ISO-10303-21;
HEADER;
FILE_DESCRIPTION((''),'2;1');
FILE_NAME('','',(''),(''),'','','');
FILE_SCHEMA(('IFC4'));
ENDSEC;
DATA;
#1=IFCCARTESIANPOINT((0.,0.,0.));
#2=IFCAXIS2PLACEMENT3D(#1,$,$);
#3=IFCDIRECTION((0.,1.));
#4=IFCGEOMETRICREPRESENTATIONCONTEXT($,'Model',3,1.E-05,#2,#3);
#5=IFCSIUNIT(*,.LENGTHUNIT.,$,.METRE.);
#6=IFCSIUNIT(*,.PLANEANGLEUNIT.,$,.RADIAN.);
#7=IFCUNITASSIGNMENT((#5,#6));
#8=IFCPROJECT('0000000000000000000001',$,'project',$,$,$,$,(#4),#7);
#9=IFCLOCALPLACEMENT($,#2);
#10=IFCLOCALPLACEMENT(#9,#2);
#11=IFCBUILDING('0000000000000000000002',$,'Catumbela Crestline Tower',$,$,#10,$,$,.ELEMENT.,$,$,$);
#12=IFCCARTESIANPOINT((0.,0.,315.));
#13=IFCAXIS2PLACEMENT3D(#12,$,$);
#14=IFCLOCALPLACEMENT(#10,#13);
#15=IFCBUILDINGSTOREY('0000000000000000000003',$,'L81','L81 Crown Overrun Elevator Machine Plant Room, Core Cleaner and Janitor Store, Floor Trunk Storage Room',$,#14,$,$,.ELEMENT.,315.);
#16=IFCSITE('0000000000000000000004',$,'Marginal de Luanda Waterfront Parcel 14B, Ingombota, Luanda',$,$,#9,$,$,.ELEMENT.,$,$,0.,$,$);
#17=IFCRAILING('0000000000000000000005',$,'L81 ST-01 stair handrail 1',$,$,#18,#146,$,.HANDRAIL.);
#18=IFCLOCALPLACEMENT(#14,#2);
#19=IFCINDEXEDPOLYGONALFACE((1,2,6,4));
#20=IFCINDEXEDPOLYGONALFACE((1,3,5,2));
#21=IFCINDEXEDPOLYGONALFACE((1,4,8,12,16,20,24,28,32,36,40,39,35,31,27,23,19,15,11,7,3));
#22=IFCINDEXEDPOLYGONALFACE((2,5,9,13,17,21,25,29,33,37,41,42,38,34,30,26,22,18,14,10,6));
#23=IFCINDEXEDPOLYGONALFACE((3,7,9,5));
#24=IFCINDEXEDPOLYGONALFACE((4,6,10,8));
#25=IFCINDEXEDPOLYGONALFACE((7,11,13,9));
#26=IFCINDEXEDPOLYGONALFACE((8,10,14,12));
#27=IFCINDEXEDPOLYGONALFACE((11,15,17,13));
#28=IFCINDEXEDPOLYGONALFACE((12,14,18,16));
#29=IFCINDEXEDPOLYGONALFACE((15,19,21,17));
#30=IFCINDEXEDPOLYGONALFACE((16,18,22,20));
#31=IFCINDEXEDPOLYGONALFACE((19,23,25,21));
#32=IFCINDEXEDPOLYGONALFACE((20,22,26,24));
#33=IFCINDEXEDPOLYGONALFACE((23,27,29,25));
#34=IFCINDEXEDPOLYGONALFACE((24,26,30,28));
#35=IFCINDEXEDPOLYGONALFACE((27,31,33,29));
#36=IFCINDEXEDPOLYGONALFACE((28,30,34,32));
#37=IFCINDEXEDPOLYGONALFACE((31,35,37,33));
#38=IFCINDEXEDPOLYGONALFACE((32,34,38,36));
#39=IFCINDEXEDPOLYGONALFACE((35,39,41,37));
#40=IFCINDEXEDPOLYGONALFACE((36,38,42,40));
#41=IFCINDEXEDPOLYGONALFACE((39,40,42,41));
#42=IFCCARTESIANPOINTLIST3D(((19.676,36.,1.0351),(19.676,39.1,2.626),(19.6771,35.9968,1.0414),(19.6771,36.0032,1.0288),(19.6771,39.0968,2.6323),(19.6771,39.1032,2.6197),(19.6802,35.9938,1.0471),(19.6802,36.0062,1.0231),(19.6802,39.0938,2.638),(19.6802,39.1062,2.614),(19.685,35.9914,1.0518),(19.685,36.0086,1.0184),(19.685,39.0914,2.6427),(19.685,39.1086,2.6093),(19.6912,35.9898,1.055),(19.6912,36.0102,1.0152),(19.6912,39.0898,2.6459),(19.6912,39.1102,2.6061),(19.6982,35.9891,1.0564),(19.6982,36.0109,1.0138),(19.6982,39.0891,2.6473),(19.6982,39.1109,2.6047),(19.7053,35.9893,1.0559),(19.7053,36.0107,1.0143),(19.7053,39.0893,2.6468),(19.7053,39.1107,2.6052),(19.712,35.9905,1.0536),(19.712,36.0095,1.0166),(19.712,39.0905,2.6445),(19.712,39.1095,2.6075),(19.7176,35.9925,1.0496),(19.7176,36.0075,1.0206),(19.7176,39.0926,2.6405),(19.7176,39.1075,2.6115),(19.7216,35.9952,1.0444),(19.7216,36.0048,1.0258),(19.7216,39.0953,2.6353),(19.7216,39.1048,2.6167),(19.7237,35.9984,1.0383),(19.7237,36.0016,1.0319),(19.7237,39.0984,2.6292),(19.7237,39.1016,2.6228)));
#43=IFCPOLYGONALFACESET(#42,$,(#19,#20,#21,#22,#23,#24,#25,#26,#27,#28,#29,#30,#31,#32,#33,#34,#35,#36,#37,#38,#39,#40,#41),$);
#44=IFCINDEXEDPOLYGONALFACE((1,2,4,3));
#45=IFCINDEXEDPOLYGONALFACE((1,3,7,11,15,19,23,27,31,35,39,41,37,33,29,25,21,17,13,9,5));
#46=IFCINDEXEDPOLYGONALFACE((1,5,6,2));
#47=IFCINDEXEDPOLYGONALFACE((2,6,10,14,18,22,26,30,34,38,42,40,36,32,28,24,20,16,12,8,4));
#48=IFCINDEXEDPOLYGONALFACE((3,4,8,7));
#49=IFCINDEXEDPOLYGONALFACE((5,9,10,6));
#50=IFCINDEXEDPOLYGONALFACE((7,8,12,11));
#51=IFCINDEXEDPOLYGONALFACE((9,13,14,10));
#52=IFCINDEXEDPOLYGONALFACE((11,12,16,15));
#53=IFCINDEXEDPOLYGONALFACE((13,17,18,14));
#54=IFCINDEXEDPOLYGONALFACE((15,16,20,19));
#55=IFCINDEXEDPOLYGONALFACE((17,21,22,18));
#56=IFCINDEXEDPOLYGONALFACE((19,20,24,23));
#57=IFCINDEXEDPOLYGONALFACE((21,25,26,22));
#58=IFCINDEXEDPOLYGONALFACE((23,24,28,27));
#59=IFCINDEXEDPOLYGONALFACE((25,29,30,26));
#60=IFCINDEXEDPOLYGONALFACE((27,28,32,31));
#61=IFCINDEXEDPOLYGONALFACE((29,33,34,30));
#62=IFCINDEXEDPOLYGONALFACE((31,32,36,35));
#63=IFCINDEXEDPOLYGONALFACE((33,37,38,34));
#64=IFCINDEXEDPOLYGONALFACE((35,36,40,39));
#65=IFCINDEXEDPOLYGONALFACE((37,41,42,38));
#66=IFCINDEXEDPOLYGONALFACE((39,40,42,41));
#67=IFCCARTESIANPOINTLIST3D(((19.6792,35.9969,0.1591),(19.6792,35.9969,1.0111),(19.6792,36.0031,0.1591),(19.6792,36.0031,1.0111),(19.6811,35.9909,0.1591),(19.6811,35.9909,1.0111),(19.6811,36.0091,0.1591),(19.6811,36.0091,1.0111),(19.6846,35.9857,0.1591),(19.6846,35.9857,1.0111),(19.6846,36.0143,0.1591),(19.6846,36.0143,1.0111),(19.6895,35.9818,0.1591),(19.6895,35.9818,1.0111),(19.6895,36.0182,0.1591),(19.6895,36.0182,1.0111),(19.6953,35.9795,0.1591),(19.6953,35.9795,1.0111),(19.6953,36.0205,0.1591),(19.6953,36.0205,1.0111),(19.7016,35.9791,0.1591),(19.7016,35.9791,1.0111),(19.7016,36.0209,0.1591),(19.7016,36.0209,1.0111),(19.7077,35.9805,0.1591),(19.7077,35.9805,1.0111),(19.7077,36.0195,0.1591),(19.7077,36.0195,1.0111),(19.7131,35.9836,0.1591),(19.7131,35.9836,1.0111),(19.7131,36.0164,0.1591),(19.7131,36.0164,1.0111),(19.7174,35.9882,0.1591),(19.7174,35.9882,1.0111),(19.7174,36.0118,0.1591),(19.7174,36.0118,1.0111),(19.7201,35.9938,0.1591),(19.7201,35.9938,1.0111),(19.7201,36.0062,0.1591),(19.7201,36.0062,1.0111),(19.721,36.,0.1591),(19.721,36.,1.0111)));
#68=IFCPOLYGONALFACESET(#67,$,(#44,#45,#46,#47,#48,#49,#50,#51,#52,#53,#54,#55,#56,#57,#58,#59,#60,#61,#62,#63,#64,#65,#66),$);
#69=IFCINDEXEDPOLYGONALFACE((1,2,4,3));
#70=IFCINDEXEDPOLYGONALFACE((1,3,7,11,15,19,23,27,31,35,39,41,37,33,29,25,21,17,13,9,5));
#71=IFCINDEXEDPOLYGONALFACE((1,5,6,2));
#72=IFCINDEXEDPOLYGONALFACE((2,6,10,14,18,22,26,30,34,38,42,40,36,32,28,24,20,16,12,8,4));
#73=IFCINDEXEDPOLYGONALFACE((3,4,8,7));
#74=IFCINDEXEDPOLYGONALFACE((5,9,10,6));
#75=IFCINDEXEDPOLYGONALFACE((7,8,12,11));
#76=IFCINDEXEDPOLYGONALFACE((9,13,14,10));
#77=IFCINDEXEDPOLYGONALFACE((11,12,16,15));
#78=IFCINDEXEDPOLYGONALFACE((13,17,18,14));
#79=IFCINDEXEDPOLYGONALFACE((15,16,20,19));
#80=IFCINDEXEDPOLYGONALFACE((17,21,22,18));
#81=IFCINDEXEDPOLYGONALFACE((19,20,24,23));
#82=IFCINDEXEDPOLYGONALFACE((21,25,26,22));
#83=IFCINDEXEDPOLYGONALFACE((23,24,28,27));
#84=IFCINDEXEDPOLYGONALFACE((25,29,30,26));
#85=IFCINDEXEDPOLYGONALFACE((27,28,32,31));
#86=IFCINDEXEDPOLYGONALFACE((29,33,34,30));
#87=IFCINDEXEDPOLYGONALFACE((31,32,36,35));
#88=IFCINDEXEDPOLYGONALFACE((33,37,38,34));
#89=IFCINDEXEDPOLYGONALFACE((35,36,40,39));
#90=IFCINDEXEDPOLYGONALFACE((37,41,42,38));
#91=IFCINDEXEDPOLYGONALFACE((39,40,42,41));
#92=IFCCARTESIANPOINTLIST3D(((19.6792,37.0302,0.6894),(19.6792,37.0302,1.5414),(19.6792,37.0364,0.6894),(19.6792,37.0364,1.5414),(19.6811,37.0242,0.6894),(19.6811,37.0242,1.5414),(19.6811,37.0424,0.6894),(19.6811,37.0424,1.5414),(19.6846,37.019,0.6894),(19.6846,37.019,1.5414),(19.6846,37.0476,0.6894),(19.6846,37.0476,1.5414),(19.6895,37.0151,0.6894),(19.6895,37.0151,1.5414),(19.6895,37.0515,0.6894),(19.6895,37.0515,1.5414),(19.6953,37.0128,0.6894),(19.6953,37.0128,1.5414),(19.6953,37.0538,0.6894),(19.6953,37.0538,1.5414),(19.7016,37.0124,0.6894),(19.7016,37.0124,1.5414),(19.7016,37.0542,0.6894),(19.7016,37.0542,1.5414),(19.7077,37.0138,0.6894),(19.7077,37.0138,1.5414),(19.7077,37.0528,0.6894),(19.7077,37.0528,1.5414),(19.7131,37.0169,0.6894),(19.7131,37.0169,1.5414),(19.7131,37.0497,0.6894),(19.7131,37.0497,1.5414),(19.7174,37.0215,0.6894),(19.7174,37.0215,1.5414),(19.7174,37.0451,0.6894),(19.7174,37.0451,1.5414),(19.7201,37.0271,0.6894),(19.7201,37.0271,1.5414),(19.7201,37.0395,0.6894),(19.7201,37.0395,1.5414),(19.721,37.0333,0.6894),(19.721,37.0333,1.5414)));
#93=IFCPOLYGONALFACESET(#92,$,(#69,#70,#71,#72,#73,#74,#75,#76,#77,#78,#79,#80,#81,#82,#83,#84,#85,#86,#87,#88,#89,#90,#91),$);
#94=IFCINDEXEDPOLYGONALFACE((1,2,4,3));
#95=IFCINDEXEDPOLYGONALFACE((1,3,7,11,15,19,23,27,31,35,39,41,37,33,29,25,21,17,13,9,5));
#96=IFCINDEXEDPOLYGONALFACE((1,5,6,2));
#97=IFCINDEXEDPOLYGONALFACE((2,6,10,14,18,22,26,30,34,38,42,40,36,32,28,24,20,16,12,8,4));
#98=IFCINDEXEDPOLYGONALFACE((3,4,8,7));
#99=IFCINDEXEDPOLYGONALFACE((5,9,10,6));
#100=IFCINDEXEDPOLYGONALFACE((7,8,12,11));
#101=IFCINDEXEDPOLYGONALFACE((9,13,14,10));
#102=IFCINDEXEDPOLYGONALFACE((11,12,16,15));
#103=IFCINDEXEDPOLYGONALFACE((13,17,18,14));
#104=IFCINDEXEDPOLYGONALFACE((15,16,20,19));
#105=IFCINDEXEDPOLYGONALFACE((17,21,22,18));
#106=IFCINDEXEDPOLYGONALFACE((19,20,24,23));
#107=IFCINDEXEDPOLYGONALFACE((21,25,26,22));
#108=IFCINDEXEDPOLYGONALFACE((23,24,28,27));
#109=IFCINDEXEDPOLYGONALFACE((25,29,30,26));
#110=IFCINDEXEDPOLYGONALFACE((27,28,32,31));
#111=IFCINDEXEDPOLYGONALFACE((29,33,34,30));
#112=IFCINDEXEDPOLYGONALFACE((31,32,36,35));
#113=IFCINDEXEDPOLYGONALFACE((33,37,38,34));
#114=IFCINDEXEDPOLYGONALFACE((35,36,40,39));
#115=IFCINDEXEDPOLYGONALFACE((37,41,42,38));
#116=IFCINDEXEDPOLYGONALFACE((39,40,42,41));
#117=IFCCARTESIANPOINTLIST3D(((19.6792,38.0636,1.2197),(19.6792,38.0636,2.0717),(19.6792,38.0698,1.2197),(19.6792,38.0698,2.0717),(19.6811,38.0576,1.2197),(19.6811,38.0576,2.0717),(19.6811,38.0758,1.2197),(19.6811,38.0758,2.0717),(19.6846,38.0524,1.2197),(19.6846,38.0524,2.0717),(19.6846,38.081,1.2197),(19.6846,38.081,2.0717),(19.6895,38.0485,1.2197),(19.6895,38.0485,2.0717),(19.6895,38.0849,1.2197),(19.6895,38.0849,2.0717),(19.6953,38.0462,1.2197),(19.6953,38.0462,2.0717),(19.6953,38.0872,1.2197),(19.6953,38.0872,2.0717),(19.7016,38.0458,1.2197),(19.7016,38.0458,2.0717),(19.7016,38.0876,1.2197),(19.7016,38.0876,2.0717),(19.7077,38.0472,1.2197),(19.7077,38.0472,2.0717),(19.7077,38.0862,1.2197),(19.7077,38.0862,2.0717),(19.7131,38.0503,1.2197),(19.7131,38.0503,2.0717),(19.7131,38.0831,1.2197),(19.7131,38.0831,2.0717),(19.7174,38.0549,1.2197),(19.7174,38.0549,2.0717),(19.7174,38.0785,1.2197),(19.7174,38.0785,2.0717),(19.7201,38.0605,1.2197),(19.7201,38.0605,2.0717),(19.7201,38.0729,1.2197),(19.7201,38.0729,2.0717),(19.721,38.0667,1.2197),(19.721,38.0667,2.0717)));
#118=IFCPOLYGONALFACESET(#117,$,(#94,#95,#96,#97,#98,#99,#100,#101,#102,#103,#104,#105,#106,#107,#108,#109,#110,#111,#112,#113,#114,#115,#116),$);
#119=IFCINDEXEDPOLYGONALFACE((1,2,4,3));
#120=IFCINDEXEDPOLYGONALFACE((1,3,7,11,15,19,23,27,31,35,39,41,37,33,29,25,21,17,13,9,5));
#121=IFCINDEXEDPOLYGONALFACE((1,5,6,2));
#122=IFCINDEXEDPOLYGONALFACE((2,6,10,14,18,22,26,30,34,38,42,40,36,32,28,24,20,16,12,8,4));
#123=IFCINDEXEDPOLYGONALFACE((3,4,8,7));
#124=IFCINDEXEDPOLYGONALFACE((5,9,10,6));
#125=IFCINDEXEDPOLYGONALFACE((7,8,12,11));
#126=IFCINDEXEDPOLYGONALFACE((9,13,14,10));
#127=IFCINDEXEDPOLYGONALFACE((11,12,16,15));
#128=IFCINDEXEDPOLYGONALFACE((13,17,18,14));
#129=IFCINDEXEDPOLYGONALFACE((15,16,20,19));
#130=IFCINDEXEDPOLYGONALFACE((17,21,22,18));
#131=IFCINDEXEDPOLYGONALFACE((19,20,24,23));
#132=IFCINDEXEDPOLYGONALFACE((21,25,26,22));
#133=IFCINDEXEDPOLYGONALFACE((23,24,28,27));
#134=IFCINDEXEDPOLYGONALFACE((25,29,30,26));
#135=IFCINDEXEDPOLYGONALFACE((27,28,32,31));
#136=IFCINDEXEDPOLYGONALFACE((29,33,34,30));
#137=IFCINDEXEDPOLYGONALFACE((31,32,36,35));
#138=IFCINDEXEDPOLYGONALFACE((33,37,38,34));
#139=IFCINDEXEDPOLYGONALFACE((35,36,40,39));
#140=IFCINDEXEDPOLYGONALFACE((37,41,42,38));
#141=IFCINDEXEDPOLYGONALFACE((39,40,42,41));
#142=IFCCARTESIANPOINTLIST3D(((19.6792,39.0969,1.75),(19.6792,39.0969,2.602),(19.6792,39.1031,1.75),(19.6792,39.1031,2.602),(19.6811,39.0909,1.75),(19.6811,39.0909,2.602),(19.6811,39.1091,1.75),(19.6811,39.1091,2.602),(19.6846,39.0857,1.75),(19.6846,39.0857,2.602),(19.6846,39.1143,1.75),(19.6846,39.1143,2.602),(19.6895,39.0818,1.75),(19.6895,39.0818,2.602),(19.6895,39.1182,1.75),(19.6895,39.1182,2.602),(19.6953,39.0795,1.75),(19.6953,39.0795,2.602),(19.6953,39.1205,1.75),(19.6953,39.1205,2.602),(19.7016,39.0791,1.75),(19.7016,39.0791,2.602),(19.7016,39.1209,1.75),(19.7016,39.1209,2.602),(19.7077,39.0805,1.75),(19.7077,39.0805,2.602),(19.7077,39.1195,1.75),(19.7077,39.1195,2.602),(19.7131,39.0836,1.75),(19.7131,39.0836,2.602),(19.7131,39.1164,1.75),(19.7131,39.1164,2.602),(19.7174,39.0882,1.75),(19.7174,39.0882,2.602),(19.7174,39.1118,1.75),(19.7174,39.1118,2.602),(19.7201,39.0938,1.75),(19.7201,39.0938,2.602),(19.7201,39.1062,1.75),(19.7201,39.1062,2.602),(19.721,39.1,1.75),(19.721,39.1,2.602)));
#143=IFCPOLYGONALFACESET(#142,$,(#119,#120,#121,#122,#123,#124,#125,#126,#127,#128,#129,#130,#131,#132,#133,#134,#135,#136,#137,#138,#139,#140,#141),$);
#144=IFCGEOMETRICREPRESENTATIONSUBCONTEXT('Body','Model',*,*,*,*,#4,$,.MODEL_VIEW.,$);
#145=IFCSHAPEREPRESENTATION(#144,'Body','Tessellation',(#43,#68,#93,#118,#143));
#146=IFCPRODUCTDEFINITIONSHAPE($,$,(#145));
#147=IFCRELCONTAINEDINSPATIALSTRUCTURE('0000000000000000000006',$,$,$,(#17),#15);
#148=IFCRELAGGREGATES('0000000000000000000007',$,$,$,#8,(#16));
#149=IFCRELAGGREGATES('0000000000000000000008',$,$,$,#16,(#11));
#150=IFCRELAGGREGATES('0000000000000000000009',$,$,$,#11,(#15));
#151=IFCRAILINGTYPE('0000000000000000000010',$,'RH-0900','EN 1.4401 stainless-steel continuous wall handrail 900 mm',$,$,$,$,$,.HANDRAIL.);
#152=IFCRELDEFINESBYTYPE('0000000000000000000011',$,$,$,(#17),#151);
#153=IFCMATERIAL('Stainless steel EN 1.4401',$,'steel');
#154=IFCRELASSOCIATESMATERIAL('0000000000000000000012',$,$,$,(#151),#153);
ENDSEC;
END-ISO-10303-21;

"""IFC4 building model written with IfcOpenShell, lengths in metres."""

from ifc_helpers import new_model, si_unit, direction, frame, origin, origin_2d, place, context, subcontext, project, spatial, circle, extrude, material, type_object, element, save


model = new_model("IFC4")

# Units and contexts
model_context = context("Model", 3, precision=1e-05, world=origin(), true_north=direction((0.0, 1.0)))
body_context = subcontext(model_context, "Body", "Model", "MODEL_VIEW")
ifc_project = project(units=[si_unit("LENGTHUNIT", "METRE"), si_unit("PLANEANGLEUNIT", "RADIAN")], contexts=[model_context])

# Site, building, storey
site_placement = place(None, origin())
site = spatial("IfcSite", under=ifc_project, at=site_placement, Name="Marginal de Luanda Waterfront Parcel 14B, Ingombota, Luanda", CompositionType="ELEMENT", RefElevation=0.0)
building_placement = place(site_placement, origin())
building = spatial("IfcBuilding", under=site, at=building_placement, Name="Catumbela Crestline Tower", CompositionType="ELEMENT")
storey_placement = place(building_placement, frame((0.0, 0.0, 315.0)))
storey = spatial("IfcBuildingStorey", under=building, at=storey_placement, Name="L81", Description="L81 Crown Overrun Elevator Machine Plant Room, Core Cleaner and Janitor Store, Floor Trunk Storage Room", CompositionType="ELEMENT", Elevation=315.0)

# Shared definitions
ifc_material_1 = material(Name="Stainless steel EN 1.4401", Category="steel")

# Railing
railing_type_1 = type_object("IfcRailingType", Name="RH-0900", Description="EN 1.4401 stainless-steel continuous wall handrail 900 mm", PredefinedType="HANDRAIL", material=ifc_material_1)
railing_1_placement = place(storey_placement, frame((19.7, 36.0, 0.1591)))
element("IfcRailing", 1, at=railing_1_placement, inside=storey, type_object=railing_type_1, Name="L81 ST-01 stair handrail 1", PredefinedType="HANDRAIL", context=body_context, shape_type="SweptSolid", body=[
    extrude(circle(Radius=0.024, at=origin_2d()), frame((0.0, 0.0, 0.876), z_axis=(0.0, 0.889683, 0.456579), x_axis=(-1.0, 0.0, 0.0)), (0.0, 0.0, 1.0), 3.4844),
    extrude(circle(Radius=0.021, at=origin_2d()), origin(), (0.0, 0.0, 1.0), 0.852),
    extrude(circle(Radius=0.021, at=origin_2d()), frame((0.0, 1.0333, 0.5303)), (0.0, 0.0, 1.0), 0.852),
    extrude(circle(Radius=0.021, at=origin_2d()), frame((0.0, 2.0667, 1.0606)), (0.0, 0.0, 1.0), 0.852),
    extrude(circle(Radius=0.021, at=origin_2d()), frame((0.0, 3.1, 1.5909)), (0.0, 0.0, 1.0), 0.852),
])

save(model, "model.ifc")
